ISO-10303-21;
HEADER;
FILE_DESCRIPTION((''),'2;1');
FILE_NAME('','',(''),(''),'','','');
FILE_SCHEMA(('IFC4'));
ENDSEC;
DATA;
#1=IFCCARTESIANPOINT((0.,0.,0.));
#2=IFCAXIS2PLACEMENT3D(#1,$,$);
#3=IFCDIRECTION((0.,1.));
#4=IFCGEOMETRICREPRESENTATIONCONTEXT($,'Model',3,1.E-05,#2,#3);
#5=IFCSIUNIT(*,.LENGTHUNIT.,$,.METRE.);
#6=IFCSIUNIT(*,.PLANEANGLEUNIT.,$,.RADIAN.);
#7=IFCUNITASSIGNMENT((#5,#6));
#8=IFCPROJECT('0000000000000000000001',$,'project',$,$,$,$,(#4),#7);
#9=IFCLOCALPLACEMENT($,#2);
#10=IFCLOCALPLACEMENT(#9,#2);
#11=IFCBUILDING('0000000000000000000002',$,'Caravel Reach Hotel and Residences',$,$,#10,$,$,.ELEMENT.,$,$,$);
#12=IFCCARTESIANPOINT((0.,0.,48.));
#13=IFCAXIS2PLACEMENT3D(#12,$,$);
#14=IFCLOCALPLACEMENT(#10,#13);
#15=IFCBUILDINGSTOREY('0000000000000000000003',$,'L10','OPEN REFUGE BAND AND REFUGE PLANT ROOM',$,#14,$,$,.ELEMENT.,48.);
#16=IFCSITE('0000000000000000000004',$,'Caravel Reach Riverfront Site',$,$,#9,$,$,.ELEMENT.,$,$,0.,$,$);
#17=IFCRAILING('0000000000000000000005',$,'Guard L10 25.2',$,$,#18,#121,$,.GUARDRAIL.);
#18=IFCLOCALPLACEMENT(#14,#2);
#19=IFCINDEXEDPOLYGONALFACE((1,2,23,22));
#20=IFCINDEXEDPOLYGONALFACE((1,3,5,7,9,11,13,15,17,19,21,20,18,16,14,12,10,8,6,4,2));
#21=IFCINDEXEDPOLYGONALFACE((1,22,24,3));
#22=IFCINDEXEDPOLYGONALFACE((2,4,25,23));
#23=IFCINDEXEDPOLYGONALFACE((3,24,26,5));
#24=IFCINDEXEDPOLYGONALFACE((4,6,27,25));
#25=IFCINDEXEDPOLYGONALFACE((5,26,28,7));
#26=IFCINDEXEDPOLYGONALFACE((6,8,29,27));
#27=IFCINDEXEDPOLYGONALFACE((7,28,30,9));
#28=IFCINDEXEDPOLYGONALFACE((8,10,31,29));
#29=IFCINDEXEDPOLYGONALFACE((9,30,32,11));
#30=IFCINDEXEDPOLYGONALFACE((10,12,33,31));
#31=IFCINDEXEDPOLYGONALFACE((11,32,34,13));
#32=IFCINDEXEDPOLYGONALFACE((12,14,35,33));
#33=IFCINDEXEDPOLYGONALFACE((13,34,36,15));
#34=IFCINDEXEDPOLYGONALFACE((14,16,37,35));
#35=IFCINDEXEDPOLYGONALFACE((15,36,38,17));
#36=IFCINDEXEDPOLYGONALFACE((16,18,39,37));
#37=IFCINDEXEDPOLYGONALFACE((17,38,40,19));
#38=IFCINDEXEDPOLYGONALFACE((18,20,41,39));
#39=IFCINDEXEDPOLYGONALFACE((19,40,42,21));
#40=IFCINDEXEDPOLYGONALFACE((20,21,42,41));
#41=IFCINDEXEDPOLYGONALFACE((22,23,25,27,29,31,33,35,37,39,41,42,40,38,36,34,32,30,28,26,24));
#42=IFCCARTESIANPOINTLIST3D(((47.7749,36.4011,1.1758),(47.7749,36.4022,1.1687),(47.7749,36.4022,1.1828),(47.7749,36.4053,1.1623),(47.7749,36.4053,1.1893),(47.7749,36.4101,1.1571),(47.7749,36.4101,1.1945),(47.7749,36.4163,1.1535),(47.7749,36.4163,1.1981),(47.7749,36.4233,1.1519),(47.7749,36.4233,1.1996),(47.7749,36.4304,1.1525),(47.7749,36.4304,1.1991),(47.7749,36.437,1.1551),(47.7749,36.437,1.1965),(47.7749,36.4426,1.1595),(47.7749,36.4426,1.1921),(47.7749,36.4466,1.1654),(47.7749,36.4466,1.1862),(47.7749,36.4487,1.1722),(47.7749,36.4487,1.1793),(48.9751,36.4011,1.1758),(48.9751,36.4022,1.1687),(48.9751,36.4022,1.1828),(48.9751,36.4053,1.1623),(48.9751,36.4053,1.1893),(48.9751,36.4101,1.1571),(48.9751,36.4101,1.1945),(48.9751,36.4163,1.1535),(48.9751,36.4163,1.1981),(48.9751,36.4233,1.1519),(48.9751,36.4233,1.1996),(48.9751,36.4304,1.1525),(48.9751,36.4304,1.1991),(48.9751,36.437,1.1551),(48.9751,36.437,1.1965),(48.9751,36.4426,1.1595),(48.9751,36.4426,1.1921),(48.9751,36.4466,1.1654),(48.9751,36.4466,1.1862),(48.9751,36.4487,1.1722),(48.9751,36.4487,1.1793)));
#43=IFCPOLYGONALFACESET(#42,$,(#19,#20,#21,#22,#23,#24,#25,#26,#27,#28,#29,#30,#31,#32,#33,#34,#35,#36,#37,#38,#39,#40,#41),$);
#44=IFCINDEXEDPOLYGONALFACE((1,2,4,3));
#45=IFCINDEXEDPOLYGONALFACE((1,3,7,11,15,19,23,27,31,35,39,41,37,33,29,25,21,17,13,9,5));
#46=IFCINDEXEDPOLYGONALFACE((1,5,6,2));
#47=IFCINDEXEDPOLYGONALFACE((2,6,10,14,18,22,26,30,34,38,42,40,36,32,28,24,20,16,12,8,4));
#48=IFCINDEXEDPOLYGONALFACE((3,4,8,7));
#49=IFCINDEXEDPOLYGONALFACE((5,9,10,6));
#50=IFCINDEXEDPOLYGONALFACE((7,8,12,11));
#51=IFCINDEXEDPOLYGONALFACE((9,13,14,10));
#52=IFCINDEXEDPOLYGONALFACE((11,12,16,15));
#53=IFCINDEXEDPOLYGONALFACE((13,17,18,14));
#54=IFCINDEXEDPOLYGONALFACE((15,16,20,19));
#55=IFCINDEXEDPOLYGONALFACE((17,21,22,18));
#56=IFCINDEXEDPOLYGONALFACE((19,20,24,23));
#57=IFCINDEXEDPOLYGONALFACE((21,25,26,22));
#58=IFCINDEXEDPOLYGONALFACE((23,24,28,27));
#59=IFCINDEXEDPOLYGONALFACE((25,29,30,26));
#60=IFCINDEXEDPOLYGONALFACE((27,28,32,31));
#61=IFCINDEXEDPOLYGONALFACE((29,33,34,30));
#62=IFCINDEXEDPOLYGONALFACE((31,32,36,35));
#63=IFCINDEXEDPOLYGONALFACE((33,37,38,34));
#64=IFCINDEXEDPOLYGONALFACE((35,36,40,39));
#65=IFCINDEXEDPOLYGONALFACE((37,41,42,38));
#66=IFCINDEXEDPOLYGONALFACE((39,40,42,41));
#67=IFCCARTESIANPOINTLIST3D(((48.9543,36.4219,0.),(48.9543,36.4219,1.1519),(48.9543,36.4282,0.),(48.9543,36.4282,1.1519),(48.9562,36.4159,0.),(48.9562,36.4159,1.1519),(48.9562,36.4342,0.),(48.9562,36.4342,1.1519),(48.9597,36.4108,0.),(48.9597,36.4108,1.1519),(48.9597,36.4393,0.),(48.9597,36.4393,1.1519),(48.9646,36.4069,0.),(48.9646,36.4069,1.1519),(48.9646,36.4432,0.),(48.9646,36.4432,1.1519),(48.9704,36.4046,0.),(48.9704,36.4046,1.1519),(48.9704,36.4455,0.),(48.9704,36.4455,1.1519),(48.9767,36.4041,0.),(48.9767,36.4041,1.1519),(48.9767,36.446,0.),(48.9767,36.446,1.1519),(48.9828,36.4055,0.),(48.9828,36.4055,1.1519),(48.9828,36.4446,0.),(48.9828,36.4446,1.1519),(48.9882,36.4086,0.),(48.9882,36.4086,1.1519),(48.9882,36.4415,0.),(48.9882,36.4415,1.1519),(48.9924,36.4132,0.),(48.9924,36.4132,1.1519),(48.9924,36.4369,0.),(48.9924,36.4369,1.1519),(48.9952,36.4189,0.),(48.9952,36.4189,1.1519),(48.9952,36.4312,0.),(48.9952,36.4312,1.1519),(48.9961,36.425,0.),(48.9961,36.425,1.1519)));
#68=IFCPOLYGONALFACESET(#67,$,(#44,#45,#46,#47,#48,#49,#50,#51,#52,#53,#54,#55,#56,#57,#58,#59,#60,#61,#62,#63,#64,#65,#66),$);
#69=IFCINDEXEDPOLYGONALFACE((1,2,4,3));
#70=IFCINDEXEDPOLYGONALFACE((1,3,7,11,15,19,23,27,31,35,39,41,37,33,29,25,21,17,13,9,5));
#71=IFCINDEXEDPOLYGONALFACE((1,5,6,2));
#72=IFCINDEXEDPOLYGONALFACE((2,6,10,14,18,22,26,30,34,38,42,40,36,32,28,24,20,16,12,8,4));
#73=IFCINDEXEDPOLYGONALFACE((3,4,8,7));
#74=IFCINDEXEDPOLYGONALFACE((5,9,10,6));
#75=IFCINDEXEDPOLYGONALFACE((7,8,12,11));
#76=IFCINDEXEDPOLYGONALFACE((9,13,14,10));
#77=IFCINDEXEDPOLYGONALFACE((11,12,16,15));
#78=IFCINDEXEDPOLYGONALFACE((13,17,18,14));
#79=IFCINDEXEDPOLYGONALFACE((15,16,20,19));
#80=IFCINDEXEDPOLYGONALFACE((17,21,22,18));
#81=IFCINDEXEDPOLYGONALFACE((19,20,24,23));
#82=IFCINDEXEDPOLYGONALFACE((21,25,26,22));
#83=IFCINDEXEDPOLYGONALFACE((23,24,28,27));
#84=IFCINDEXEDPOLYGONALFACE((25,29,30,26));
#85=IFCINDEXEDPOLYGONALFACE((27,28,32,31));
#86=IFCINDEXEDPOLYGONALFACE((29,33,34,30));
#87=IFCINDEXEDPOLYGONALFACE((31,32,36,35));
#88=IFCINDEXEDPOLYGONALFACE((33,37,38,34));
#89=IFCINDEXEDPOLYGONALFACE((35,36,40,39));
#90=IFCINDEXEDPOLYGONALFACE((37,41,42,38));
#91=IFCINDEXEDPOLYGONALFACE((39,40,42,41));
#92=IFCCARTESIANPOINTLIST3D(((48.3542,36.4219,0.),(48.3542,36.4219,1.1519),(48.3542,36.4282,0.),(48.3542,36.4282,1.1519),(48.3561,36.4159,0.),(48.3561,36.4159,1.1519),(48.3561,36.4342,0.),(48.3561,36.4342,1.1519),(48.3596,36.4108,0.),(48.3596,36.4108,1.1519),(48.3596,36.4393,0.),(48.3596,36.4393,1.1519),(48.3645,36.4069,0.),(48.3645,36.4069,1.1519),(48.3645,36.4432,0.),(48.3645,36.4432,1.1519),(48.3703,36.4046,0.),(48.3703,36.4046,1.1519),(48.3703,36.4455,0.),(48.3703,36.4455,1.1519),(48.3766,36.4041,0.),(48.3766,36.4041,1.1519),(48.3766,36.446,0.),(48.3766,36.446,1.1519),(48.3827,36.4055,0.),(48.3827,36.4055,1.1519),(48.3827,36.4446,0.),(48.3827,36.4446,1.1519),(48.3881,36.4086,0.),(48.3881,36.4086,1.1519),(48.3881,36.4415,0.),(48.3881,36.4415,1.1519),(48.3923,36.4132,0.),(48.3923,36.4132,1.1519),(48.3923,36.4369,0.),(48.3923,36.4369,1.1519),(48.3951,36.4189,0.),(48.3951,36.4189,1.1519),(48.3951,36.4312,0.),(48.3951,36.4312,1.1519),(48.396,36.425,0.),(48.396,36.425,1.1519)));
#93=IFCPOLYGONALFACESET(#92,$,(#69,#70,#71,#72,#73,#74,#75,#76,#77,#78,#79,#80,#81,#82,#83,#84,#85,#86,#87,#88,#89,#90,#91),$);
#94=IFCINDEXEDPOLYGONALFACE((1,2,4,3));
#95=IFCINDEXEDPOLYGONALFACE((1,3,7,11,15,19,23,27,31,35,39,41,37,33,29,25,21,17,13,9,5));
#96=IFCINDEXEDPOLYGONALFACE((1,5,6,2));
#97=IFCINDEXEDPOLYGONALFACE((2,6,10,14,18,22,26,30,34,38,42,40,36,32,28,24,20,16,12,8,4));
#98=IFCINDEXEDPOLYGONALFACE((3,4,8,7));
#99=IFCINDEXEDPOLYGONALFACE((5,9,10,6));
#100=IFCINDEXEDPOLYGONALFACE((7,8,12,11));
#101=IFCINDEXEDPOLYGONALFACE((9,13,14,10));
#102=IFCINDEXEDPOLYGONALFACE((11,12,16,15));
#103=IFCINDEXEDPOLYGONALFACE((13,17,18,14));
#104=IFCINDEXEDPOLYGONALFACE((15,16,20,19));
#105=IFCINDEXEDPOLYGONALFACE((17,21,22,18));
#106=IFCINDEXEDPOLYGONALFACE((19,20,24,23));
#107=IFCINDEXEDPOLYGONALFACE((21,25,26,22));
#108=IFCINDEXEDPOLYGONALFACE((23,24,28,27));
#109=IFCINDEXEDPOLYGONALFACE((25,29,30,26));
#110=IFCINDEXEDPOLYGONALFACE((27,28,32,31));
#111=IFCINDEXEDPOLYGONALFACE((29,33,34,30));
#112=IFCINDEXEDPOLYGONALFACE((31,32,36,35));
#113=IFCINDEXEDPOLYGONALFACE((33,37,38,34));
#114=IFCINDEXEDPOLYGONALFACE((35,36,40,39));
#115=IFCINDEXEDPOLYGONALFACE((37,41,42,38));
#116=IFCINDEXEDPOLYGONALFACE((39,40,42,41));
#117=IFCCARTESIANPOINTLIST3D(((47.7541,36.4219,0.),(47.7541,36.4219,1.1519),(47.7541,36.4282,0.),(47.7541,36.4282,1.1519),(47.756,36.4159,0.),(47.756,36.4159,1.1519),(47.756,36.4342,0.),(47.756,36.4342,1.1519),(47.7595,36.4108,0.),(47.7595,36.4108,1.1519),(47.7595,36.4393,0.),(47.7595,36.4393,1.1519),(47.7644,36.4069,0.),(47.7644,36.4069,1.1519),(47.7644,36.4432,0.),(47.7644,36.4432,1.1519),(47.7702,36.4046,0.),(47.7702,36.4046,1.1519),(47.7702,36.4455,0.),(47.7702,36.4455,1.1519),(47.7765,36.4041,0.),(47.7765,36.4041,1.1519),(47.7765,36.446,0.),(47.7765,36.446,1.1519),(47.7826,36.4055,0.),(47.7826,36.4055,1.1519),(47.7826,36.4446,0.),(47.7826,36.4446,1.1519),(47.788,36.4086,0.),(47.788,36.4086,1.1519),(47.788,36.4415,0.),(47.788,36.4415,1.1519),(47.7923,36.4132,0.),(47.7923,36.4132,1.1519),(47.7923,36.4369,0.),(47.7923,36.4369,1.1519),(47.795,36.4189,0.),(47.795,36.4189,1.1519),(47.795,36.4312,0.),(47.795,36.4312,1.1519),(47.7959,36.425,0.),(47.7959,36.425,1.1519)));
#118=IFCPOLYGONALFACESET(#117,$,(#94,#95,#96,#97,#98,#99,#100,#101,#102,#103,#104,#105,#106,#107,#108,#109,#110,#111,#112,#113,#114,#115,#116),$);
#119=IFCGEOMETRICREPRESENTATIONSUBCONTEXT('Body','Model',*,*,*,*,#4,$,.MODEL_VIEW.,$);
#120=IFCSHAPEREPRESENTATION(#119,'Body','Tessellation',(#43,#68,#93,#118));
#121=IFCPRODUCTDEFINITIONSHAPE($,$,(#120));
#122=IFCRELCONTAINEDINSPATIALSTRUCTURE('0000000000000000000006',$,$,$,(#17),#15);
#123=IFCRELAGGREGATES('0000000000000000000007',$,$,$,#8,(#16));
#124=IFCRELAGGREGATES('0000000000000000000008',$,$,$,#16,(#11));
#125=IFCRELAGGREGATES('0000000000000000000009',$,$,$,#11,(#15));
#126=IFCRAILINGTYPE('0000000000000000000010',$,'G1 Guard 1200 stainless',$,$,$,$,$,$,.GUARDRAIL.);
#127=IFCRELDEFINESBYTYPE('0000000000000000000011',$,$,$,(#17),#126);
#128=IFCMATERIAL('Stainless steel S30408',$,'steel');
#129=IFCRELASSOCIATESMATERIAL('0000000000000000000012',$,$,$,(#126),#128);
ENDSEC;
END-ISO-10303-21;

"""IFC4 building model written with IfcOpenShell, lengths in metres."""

from ifc_helpers import new_model, si_unit, direction, frame, origin, origin_2d, place, context, subcontext, project, spatial, circle, extrude, material, type_object, element, save


model = new_model("IFC4")

# Units and contexts
model_context = context("Model", 3, precision=1e-05, world=origin(), true_north=direction((0.0, 1.0)))
body_context = subcontext(model_context, "Body", "Model", "MODEL_VIEW")
ifc_project = project(units=[si_unit("LENGTHUNIT", "METRE"), si_unit("PLANEANGLEUNIT", "RADIAN")], contexts=[model_context])

# Site, building, storey
site_placement = place(None, origin())
site = spatial("IfcSite", under=ifc_project, at=site_placement, Name="Caravel Reach Riverfront Site", CompositionType="ELEMENT", RefElevation=0.0)
building_placement = place(site_placement, origin())
building = spatial("IfcBuilding", under=site, at=building_placement, Name="Caravel Reach Hotel and Residences", CompositionType="ELEMENT")
storey_placement = place(building_placement, frame((0.0, 0.0, 48.0)))
storey = spatial("IfcBuildingStorey", under=building, at=storey_placement, Name="L10", Description="OPEN REFUGE BAND AND REFUGE PLANT ROOM", CompositionType="ELEMENT", Elevation=48.0)

# Railing
ifc_material_1 = material(Name="Stainless steel S30408", Category="steel")
railing_type = type_object("IfcRailingType", Name="G1 Guard 1200 stainless", PredefinedType="GUARDRAIL", material=ifc_material_1)
railing_1_placement = place(storey_placement, frame((48.9751, 36.425, 0.0)))
element("IfcRailing", 1, at=railing_1_placement, inside=storey, type_object=railing_type, Name="Guard L10 25.2", PredefinedType="GUARDRAIL", context=body_context, shape_type="SweptSolid", body=[
    extrude(circle(Radius=0.0239, at=origin_2d()), frame((0.0, 0.0, 1.1758), z_axis=(-1.0, 0.0, 0.0), x_axis=(0.0, -1.0, 0.0)), (0.0, 0.0, 1.0), 1.2002),
    extrude(circle(Radius=0.021, at=origin_2d()), origin(), (0.0, 0.0, 1.0), 1.1519),
    extrude(circle(Radius=0.021, at=origin_2d()), frame((-0.6001, 0.0, 0.0)), (0.0, 0.0, 1.0), 1.1519),
    extrude(circle(Radius=0.021, at=origin_2d()), frame((-1.2002, 0.0, 0.0)), (0.0, 0.0, 1.0), 1.1519),
])

save(model, "model.ifc")
